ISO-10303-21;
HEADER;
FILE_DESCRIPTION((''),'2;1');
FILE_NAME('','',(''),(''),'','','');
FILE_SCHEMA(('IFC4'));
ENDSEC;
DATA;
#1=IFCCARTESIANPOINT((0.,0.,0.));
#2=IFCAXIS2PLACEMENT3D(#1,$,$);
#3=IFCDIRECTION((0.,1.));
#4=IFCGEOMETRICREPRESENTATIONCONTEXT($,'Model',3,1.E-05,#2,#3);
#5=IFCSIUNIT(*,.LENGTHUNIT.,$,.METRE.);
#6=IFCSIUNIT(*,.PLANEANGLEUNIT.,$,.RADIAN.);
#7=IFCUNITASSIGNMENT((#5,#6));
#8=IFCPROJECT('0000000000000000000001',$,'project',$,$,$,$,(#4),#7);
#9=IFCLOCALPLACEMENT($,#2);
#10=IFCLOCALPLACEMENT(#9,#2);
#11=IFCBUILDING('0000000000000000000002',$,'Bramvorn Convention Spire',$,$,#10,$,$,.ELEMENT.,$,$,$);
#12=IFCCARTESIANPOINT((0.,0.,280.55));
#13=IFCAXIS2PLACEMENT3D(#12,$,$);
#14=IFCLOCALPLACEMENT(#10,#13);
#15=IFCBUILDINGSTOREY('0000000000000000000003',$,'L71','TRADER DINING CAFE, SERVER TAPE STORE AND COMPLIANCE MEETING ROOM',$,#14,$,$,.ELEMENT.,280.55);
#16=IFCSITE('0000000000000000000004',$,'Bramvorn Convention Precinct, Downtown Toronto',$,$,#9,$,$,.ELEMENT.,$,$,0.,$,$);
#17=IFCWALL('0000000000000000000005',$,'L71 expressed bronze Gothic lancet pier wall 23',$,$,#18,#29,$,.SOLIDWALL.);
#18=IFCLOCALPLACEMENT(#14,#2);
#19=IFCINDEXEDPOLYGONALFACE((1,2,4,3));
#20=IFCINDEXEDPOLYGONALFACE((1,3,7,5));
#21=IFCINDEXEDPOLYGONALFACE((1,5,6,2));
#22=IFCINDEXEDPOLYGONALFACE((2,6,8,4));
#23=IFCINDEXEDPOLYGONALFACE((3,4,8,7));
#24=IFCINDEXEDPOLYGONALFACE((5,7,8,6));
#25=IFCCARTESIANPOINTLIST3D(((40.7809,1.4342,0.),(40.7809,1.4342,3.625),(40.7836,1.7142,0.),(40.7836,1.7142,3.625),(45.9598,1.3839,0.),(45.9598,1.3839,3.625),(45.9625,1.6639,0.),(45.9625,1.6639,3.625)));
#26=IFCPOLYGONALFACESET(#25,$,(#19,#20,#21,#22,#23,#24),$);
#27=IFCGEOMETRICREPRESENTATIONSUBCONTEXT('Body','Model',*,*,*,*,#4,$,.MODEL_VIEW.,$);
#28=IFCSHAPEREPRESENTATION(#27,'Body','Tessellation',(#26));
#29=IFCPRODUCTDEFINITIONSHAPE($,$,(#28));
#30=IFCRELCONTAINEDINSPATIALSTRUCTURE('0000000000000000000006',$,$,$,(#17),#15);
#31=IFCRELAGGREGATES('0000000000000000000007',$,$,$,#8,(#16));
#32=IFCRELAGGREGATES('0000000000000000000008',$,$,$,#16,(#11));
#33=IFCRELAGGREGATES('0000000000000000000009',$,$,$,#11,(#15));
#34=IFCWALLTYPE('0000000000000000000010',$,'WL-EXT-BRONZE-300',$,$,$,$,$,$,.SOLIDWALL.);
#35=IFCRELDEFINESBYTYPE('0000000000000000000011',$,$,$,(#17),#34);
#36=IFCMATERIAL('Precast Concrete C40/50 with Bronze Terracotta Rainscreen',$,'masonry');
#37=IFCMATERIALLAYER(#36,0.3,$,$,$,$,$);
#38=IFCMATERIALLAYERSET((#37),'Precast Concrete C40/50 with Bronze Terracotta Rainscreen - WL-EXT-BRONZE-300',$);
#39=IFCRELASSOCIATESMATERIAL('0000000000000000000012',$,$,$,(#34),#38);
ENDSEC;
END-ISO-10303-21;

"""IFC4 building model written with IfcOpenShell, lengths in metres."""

from ifc_helpers import new_model, si_unit, direction, frame, frame_2d, origin, place, context, subcontext, project, spatial, rectangle, extrude, material, layer, layer_set, type_object, element, save


model = new_model("IFC4")

# Units and contexts
model_context = context("Model", 3, precision=1e-05, world=origin(), true_north=direction((0.0, 1.0)))
body_context = subcontext(model_context, "Body", "Model", "MODEL_VIEW")
ifc_project = project(units=[si_unit("LENGTHUNIT", "METRE"), si_unit("PLANEANGLEUNIT", "RADIAN")], contexts=[model_context])

# Site, building, storey
site_placement = place(None, origin())
site = spatial("IfcSite", under=ifc_project, at=site_placement, Name="Bramvorn Convention Precinct, Downtown Toronto", CompositionType="ELEMENT", RefElevation=0.0)
building_placement = place(site_placement, origin())
building = spatial("IfcBuilding", under=site, at=building_placement, Name="Bramvorn Convention Spire", CompositionType="ELEMENT")
storey_placement = place(building_placement, frame((0.0, 0.0, 280.55)))
storey = spatial("IfcBuildingStorey", under=building, at=storey_placement, Name="L71", Description="TRADER DINING CAFE, SERVER TAPE STORE AND COMPLIANCE MEETING ROOM", CompositionType="ELEMENT", Elevation=280.55)

# Wall
ifc_material_1 = material(Name="Precast Concrete C40/50 with Bronze Terracotta Rainscreen", Category="masonry")
ifc_layer_1 = layer(ifc_material_1, 0.3)
ifc_layer_set_1 = layer_set([ifc_layer_1], Name="Precast Concrete C40/50 with Bronze Terracotta Rainscreen - WL-EXT-BRONZE-300")
wall_type = type_object("IfcWallType", Name="WL-EXT-BRONZE-300", PredefinedType="SOLIDWALL", material=ifc_layer_set_1)
wall_placement = place(storey_placement, frame((45.9612, 1.5239, 0.0), z_axis=(0.0, 0.0, 1.0), x_axis=(-0.999953, 0.009711, 0.0)))
element("IfcWall", 1, at=wall_placement, inside=storey, type_object=wall_type, Name="L71 expressed bronze Gothic lancet pier wall 23", PredefinedType="SOLIDWALL", context=body_context, shape_type="SweptSolid", body=[
    extrude(rectangle(XDim=5.1792, YDim=0.28, at=frame_2d((2.5896, 0.0))), origin(), (0.0, 0.0, 1.0), 3.625),
])

save(model, "model.ifc")
